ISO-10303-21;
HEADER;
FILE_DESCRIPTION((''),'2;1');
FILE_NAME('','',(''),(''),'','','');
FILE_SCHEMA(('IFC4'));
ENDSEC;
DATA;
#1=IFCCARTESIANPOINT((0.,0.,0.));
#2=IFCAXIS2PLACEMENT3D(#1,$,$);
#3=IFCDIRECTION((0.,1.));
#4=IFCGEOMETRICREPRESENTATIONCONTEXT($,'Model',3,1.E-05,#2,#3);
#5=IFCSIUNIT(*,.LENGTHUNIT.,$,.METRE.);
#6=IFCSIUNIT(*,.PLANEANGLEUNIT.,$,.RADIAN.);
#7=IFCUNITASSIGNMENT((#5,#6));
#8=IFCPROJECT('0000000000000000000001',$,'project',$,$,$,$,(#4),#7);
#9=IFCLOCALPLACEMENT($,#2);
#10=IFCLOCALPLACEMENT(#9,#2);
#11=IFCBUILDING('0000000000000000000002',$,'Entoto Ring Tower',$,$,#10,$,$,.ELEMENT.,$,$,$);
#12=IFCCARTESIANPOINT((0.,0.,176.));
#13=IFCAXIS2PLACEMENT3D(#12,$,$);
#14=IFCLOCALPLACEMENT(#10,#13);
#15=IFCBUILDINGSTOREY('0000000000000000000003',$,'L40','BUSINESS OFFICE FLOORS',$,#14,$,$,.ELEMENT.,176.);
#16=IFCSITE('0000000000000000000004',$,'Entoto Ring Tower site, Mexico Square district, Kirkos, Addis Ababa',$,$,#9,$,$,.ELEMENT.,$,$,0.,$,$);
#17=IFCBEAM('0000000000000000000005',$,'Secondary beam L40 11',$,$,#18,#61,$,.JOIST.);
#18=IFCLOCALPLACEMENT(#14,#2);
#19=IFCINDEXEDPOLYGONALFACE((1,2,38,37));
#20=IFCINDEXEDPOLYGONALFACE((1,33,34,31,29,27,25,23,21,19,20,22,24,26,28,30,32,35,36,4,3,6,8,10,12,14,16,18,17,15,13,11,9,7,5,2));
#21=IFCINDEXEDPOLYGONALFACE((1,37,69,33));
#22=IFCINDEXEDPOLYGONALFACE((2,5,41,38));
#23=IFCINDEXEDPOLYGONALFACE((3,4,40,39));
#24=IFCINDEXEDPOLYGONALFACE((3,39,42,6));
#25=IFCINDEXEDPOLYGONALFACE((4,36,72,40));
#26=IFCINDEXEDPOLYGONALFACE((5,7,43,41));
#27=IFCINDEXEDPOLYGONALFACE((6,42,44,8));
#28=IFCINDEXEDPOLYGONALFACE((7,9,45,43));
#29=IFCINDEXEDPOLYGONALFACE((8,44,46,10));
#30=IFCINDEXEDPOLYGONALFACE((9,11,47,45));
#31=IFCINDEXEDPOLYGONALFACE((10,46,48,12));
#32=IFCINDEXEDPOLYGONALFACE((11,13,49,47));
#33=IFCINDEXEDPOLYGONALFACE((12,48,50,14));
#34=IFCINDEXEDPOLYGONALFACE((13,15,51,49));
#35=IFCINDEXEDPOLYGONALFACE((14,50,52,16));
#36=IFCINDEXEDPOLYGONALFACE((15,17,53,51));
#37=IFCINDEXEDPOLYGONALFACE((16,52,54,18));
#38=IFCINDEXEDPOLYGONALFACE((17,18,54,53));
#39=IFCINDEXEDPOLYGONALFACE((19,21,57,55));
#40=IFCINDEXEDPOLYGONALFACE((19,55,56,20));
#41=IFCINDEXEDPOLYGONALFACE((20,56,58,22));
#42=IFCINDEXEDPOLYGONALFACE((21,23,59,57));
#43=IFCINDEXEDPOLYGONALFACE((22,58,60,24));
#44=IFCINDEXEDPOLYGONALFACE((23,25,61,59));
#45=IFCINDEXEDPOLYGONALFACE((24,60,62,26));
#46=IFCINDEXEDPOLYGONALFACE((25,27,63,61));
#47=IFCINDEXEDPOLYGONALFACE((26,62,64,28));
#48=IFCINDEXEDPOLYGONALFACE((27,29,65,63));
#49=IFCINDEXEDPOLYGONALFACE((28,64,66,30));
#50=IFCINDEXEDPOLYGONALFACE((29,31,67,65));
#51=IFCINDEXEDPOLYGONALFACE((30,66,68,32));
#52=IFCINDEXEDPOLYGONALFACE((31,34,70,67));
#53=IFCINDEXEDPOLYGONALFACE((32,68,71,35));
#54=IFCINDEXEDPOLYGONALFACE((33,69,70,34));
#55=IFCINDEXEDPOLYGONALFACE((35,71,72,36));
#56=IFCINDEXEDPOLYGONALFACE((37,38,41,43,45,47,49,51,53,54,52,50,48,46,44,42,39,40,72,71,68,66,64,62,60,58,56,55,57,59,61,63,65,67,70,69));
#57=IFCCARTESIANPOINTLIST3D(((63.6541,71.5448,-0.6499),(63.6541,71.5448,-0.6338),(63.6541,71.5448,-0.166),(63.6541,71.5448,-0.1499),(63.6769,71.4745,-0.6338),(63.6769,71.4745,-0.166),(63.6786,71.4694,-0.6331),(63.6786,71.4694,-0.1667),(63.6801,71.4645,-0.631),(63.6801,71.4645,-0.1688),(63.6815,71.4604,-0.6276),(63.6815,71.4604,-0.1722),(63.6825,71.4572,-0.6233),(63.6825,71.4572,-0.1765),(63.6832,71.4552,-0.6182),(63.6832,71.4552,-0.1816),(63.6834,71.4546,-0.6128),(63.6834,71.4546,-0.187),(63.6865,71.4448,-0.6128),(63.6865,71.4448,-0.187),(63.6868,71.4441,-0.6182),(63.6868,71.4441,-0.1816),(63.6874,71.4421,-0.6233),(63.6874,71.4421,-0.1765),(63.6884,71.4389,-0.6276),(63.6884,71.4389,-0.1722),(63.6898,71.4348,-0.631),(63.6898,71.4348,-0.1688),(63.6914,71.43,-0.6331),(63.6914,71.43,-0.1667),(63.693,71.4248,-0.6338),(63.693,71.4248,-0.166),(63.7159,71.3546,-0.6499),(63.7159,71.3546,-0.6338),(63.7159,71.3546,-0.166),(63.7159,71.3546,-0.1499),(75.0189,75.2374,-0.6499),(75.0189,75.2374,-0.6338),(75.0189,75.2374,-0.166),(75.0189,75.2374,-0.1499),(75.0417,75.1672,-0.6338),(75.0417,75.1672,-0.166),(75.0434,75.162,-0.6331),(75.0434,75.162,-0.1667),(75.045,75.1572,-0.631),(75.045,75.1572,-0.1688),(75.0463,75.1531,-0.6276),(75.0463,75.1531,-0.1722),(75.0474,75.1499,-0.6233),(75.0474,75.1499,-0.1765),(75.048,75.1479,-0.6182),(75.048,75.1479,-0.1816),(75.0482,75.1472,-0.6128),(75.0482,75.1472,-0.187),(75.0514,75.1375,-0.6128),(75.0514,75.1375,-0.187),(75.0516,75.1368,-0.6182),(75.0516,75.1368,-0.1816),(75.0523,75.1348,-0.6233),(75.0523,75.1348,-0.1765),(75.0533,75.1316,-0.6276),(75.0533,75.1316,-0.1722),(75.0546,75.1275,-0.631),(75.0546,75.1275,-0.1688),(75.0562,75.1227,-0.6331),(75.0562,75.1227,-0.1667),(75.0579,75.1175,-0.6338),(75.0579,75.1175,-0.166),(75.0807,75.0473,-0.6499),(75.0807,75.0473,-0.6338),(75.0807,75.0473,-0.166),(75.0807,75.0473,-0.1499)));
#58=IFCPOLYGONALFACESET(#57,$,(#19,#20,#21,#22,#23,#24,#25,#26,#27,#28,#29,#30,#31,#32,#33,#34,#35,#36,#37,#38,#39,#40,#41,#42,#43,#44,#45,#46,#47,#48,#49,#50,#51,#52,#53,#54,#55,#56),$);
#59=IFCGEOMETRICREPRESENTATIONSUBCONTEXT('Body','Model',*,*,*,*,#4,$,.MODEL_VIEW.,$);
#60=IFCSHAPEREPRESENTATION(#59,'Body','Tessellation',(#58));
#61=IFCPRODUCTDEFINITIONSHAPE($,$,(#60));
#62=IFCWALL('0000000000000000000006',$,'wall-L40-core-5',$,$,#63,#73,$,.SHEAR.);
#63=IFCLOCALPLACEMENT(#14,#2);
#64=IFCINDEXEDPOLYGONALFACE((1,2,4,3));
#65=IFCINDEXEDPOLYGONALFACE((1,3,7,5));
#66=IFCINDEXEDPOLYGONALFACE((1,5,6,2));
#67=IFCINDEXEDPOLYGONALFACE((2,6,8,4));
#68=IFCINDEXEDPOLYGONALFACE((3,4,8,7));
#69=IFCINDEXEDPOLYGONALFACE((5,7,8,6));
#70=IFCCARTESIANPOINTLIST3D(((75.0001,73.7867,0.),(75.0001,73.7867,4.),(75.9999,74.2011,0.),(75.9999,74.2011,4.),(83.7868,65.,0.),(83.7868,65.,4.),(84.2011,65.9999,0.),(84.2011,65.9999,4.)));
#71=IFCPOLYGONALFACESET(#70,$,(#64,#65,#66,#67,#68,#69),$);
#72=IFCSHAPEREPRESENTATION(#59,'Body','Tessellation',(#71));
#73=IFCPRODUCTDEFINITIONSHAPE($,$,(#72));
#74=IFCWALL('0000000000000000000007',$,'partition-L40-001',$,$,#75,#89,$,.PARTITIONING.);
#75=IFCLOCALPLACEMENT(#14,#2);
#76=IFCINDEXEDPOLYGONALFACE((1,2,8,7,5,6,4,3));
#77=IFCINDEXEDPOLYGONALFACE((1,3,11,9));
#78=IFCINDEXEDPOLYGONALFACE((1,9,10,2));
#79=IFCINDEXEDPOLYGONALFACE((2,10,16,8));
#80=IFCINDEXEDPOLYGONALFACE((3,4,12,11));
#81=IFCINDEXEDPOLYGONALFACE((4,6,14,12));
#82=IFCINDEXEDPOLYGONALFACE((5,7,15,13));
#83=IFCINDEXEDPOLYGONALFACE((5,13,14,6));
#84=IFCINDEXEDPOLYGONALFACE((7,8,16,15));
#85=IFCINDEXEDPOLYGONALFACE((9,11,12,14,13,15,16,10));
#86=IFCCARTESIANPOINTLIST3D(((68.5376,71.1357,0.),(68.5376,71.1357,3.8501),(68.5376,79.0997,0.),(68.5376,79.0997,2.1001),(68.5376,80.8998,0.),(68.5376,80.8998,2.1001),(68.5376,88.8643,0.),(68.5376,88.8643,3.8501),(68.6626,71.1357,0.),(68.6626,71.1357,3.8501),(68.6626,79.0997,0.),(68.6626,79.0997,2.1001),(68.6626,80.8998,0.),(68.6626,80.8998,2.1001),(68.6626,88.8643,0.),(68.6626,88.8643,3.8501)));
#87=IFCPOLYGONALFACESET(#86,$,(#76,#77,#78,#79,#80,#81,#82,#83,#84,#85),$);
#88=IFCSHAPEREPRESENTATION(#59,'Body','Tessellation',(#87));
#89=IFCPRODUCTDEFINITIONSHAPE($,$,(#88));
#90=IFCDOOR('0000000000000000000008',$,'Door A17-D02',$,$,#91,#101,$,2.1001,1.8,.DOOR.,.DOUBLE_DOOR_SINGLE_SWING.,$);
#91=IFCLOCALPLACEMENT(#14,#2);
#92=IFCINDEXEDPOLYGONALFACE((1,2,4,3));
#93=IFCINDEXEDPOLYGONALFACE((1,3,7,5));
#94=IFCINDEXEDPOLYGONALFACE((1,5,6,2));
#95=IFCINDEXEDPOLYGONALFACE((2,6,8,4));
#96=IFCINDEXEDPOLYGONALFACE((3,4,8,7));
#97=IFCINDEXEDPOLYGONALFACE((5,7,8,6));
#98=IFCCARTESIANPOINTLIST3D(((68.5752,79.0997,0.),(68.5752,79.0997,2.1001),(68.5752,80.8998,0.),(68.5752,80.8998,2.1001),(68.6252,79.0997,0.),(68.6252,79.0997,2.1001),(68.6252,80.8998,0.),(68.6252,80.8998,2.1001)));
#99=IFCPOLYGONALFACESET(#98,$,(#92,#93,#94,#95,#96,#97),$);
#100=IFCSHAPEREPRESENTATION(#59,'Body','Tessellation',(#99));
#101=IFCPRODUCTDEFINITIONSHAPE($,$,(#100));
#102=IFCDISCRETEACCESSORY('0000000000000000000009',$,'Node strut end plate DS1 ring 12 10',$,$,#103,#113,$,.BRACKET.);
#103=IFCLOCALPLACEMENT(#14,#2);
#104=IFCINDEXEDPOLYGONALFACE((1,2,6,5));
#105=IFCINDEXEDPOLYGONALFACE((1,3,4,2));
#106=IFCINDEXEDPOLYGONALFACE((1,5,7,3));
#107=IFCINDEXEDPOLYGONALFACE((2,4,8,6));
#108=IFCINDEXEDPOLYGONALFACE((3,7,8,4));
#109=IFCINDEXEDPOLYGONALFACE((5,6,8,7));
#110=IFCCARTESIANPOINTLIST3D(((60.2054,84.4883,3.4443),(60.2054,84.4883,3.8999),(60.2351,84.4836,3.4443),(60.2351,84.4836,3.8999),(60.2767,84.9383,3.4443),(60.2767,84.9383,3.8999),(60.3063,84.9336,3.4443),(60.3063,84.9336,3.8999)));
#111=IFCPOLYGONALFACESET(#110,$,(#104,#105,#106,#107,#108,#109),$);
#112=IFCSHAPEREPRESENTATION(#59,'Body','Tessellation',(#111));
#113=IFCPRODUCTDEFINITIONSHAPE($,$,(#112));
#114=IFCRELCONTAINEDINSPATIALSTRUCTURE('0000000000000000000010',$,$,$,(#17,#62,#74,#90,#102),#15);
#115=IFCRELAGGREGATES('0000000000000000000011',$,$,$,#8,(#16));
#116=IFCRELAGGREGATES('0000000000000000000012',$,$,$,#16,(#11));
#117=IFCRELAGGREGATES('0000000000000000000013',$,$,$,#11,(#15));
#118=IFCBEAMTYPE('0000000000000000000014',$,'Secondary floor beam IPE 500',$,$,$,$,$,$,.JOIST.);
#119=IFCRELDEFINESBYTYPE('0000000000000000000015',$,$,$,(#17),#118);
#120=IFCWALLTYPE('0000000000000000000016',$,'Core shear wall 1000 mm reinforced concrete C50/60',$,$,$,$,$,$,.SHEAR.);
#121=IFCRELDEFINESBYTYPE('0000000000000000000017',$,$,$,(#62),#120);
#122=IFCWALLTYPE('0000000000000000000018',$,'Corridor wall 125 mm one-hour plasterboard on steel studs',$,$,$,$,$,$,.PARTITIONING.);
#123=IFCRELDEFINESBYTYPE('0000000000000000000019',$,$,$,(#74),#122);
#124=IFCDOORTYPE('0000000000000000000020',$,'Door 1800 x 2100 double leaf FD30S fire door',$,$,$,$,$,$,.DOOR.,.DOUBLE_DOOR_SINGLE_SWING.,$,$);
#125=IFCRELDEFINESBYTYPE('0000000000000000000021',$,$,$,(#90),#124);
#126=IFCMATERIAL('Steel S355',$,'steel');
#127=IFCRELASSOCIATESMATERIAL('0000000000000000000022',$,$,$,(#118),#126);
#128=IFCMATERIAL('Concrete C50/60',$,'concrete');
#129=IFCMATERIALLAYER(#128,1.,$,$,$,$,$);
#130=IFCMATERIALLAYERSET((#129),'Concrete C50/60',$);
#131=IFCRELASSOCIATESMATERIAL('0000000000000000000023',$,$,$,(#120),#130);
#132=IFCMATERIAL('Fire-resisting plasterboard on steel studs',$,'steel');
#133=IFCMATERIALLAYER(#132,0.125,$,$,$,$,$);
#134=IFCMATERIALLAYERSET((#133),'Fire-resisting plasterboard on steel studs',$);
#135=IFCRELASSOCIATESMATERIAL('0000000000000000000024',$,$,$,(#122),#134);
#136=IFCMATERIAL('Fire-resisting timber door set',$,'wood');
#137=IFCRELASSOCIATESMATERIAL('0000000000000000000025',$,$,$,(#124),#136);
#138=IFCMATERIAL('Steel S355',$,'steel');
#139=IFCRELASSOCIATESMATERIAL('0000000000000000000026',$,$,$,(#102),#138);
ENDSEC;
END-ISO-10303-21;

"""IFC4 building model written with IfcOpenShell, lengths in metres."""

from ifc_helpers import new_model, si_unit, direction, frame, frame_2d, origin, origin_2d, place, context, subcontext, project, spatial, polyline, rectangle, i_section, outline, extrude, material, layer, layer_set, material_profile, profile_set, type_object, element, fill, save


model = new_model("IFC4")

# Units and contexts
model_context = context("Model", 3, precision=1e-05, world=origin(), true_north=direction((0.0, 1.0)))
body_context = subcontext(model_context, "Body", "Model", "MODEL_VIEW")
ifc_project = project(units=[si_unit("LENGTHUNIT", "METRE"), si_unit("PLANEANGLEUNIT", "RADIAN")], contexts=[model_context])

# Site, building, storey
site_placement = place(None, origin())
site = spatial("IfcSite", under=ifc_project, at=site_placement, Name="Entoto Ring Tower site, Mexico Square district, Kirkos, Addis Ababa", CompositionType="ELEMENT", RefElevation=0.0)
building_placement = place(site_placement, origin())
building = spatial("IfcBuilding", under=site, at=building_placement, Name="Entoto Ring Tower", CompositionType="ELEMENT")
storey_placement = place(building_placement, frame((0.0, 0.0, 176.0)))
storey = spatial("IfcBuildingStorey", under=building, at=storey_placement, Name="L40", Description="BUSINESS OFFICE FLOORS", CompositionType="ELEMENT", Elevation=176.0)

# Beam
ifc_material_1 = material(Name="Steel S355", Category="steel")
ifc_material_profile_1 = material_profile(ifc_material_1, i_section(OverallWidth=0.2, OverallDepth=0.5, WebThickness=0.0103, FlangeThickness=0.0161, FilletRadius=0.021, at=origin_2d()), Name="IPE 500")
ifc_profile_set_1 = profile_set([ifc_material_profile_1], Name="Steel S355")
beam_type_1 = type_object("IfcBeamType", Name="Secondary floor beam IPE 500", PredefinedType="JOIST", material=ifc_profile_set_1)
beam_1_placement = place(storey_placement, frame((75.0498, 75.1423, -0.3999), z_axis=(-0.951057, -0.309017, 0.0), x_axis=(0.309017, -0.951057, 0.0)))
element("IfcBeam", 1, at=beam_1_placement, inside=storey, type_object=beam_type_1, Name="Secondary beam L40 11", PredefinedType="JOIST", context=body_context, shape_type="SweptSolid", body=[
    extrude(i_section(OverallWidth=0.2, OverallDepth=0.5, WebThickness=0.0103, FlangeThickness=0.0161, FilletRadius=0.021, at=origin_2d()), origin(), (0.0, 0.0, 1.0), 11.9497),
])

# Wall
ifc_material_2 = material(Name="Concrete C50/60", Category="concrete")
ifc_layer_1 = layer(ifc_material_2, 1.0)
ifc_layer_set_1 = layer_set([ifc_layer_1], Name="Concrete C50/60")
wall_type_1 = type_object("IfcWallType", Name="Core shear wall 1000 mm reinforced concrete C50/60", PredefinedType="SHEAR", material=ifc_layer_set_1)
wall_1_placement = place(storey_placement, frame((75.5, 73.9939, 0.0), z_axis=(0.0, 0.0, 1.0), x_axis=(0.707107, -0.707107, 0.0)))
element("IfcWall", 2, at=wall_1_placement, inside=storey, type_object=wall_type_1, Name="wall-L40-core-5", PredefinedType="SHEAR", context=body_context, shape_type="SweptSolid", body=[
    extrude(outline(polyline([(-0.207, -0.5), (12.2192, -0.5), (11.8052, 0.5), (0.207, 0.5), (-0.207, -0.5)])), origin(), (0.0, 0.0, 1.0), 4.0),
])

# Wall, opening, door
ifc_material_3 = material(Name="Fire-resisting plasterboard on steel studs", Category="steel")
ifc_layer_2 = layer(ifc_material_3, 0.125)
ifc_layer_set_2 = layer_set([ifc_layer_2], Name="Fire-resisting plasterboard on steel studs")
wall_type_2 = type_object("IfcWallType", Name="Corridor wall 125 mm one-hour plasterboard on steel studs", PredefinedType="PARTITIONING", material=ifc_layer_set_2)
wall_2_placement = place(storey_placement, frame((68.6001, 71.1357, 0.0), z_axis=(0.0, 0.0, 1.0), x_axis=(0.0, 1.0, 0.0)))
wall_2 = element("IfcWall", 3, at=wall_2_placement, inside=storey, type_object=wall_type_2, Name="partition-L40-001", PredefinedType="PARTITIONING", context=body_context, shape_type="SweptSolid", body=[
    extrude(rectangle(XDim=17.7285, YDim=0.125, at=frame_2d((8.8643, 0.0))), origin(), (0.0, 0.0, 1.0), 3.8501),
])
opening_placement = place(wall_2_placement, frame((7.9641, 0.0, 0.0)))
opening = element("IfcOpeningElement", 4, at=opening_placement, cuts=wall_2, PredefinedType="OPENING", context=body_context, shape_type="SweptSolid", body=[
    extrude(rectangle(XDim=1.8, YDim=2.1001, at=frame_2d((0.8999, 1.05))), frame((0.0, 0.0725, 0.0), z_axis=(0.0, -1.0, 0.0), x_axis=(1.0, 0.0, 0.0)), (0.0, 0.0, 1.0), 0.145),
])
ifc_material_4 = material(Name="Fire-resisting timber door set", Category="wood")
door_type = type_object("IfcDoorType", Name="Door 1800 x 2100 double leaf FD30S fire door", OperationType="DOUBLE_DOOR_SINGLE_SWING", PredefinedType="DOOR", material=ifc_material_4)
door_placement = place(opening_placement, origin())
door = element("IfcDoor", 5, at=door_placement, inside=storey, type_object=door_type, Name="Door A17-D02", OperationType="DOUBLE_DOOR_SINGLE_SWING", OverallHeight=2.1001, OverallWidth=1.8, PredefinedType="DOOR", context=body_context, shape_type="SweptSolid", body=[
    extrude(rectangle(XDim=1.8, YDim=2.1001, at=frame_2d((0.8999, 1.05))), frame((0.0, 0.0249, 0.0), z_axis=(0.0, -1.0, 0.0), x_axis=(1.0, 0.0, 0.0)), (0.0, 0.0, 1.0), 0.05),
])
fill(opening, door)

# Discrete accessory
ifc_material_5 = material(Name="Steel S355", Category="steel")
discrete_accessory_placement = place(storey_placement, frame((60.2559, 84.7109, 3.4443), z_axis=(0.0, 0.0, 1.0), x_axis=(-0.987688, 0.156434, 0.0)))
element("IfcDiscreteAccessory", 6, at=discrete_accessory_placement, inside=storey, material=ifc_material_5, Name="Node strut end plate DS1 ring 12 10", PredefinedType="BRACKET", context=body_context, shape_type="SweptSolid", body=[
    extrude(rectangle(XDim=0.03, YDim=0.4556, at=origin_2d()), origin(), (0.0, 0.0, 1.0), 0.4556),
])

save(model, "model.ifc")
